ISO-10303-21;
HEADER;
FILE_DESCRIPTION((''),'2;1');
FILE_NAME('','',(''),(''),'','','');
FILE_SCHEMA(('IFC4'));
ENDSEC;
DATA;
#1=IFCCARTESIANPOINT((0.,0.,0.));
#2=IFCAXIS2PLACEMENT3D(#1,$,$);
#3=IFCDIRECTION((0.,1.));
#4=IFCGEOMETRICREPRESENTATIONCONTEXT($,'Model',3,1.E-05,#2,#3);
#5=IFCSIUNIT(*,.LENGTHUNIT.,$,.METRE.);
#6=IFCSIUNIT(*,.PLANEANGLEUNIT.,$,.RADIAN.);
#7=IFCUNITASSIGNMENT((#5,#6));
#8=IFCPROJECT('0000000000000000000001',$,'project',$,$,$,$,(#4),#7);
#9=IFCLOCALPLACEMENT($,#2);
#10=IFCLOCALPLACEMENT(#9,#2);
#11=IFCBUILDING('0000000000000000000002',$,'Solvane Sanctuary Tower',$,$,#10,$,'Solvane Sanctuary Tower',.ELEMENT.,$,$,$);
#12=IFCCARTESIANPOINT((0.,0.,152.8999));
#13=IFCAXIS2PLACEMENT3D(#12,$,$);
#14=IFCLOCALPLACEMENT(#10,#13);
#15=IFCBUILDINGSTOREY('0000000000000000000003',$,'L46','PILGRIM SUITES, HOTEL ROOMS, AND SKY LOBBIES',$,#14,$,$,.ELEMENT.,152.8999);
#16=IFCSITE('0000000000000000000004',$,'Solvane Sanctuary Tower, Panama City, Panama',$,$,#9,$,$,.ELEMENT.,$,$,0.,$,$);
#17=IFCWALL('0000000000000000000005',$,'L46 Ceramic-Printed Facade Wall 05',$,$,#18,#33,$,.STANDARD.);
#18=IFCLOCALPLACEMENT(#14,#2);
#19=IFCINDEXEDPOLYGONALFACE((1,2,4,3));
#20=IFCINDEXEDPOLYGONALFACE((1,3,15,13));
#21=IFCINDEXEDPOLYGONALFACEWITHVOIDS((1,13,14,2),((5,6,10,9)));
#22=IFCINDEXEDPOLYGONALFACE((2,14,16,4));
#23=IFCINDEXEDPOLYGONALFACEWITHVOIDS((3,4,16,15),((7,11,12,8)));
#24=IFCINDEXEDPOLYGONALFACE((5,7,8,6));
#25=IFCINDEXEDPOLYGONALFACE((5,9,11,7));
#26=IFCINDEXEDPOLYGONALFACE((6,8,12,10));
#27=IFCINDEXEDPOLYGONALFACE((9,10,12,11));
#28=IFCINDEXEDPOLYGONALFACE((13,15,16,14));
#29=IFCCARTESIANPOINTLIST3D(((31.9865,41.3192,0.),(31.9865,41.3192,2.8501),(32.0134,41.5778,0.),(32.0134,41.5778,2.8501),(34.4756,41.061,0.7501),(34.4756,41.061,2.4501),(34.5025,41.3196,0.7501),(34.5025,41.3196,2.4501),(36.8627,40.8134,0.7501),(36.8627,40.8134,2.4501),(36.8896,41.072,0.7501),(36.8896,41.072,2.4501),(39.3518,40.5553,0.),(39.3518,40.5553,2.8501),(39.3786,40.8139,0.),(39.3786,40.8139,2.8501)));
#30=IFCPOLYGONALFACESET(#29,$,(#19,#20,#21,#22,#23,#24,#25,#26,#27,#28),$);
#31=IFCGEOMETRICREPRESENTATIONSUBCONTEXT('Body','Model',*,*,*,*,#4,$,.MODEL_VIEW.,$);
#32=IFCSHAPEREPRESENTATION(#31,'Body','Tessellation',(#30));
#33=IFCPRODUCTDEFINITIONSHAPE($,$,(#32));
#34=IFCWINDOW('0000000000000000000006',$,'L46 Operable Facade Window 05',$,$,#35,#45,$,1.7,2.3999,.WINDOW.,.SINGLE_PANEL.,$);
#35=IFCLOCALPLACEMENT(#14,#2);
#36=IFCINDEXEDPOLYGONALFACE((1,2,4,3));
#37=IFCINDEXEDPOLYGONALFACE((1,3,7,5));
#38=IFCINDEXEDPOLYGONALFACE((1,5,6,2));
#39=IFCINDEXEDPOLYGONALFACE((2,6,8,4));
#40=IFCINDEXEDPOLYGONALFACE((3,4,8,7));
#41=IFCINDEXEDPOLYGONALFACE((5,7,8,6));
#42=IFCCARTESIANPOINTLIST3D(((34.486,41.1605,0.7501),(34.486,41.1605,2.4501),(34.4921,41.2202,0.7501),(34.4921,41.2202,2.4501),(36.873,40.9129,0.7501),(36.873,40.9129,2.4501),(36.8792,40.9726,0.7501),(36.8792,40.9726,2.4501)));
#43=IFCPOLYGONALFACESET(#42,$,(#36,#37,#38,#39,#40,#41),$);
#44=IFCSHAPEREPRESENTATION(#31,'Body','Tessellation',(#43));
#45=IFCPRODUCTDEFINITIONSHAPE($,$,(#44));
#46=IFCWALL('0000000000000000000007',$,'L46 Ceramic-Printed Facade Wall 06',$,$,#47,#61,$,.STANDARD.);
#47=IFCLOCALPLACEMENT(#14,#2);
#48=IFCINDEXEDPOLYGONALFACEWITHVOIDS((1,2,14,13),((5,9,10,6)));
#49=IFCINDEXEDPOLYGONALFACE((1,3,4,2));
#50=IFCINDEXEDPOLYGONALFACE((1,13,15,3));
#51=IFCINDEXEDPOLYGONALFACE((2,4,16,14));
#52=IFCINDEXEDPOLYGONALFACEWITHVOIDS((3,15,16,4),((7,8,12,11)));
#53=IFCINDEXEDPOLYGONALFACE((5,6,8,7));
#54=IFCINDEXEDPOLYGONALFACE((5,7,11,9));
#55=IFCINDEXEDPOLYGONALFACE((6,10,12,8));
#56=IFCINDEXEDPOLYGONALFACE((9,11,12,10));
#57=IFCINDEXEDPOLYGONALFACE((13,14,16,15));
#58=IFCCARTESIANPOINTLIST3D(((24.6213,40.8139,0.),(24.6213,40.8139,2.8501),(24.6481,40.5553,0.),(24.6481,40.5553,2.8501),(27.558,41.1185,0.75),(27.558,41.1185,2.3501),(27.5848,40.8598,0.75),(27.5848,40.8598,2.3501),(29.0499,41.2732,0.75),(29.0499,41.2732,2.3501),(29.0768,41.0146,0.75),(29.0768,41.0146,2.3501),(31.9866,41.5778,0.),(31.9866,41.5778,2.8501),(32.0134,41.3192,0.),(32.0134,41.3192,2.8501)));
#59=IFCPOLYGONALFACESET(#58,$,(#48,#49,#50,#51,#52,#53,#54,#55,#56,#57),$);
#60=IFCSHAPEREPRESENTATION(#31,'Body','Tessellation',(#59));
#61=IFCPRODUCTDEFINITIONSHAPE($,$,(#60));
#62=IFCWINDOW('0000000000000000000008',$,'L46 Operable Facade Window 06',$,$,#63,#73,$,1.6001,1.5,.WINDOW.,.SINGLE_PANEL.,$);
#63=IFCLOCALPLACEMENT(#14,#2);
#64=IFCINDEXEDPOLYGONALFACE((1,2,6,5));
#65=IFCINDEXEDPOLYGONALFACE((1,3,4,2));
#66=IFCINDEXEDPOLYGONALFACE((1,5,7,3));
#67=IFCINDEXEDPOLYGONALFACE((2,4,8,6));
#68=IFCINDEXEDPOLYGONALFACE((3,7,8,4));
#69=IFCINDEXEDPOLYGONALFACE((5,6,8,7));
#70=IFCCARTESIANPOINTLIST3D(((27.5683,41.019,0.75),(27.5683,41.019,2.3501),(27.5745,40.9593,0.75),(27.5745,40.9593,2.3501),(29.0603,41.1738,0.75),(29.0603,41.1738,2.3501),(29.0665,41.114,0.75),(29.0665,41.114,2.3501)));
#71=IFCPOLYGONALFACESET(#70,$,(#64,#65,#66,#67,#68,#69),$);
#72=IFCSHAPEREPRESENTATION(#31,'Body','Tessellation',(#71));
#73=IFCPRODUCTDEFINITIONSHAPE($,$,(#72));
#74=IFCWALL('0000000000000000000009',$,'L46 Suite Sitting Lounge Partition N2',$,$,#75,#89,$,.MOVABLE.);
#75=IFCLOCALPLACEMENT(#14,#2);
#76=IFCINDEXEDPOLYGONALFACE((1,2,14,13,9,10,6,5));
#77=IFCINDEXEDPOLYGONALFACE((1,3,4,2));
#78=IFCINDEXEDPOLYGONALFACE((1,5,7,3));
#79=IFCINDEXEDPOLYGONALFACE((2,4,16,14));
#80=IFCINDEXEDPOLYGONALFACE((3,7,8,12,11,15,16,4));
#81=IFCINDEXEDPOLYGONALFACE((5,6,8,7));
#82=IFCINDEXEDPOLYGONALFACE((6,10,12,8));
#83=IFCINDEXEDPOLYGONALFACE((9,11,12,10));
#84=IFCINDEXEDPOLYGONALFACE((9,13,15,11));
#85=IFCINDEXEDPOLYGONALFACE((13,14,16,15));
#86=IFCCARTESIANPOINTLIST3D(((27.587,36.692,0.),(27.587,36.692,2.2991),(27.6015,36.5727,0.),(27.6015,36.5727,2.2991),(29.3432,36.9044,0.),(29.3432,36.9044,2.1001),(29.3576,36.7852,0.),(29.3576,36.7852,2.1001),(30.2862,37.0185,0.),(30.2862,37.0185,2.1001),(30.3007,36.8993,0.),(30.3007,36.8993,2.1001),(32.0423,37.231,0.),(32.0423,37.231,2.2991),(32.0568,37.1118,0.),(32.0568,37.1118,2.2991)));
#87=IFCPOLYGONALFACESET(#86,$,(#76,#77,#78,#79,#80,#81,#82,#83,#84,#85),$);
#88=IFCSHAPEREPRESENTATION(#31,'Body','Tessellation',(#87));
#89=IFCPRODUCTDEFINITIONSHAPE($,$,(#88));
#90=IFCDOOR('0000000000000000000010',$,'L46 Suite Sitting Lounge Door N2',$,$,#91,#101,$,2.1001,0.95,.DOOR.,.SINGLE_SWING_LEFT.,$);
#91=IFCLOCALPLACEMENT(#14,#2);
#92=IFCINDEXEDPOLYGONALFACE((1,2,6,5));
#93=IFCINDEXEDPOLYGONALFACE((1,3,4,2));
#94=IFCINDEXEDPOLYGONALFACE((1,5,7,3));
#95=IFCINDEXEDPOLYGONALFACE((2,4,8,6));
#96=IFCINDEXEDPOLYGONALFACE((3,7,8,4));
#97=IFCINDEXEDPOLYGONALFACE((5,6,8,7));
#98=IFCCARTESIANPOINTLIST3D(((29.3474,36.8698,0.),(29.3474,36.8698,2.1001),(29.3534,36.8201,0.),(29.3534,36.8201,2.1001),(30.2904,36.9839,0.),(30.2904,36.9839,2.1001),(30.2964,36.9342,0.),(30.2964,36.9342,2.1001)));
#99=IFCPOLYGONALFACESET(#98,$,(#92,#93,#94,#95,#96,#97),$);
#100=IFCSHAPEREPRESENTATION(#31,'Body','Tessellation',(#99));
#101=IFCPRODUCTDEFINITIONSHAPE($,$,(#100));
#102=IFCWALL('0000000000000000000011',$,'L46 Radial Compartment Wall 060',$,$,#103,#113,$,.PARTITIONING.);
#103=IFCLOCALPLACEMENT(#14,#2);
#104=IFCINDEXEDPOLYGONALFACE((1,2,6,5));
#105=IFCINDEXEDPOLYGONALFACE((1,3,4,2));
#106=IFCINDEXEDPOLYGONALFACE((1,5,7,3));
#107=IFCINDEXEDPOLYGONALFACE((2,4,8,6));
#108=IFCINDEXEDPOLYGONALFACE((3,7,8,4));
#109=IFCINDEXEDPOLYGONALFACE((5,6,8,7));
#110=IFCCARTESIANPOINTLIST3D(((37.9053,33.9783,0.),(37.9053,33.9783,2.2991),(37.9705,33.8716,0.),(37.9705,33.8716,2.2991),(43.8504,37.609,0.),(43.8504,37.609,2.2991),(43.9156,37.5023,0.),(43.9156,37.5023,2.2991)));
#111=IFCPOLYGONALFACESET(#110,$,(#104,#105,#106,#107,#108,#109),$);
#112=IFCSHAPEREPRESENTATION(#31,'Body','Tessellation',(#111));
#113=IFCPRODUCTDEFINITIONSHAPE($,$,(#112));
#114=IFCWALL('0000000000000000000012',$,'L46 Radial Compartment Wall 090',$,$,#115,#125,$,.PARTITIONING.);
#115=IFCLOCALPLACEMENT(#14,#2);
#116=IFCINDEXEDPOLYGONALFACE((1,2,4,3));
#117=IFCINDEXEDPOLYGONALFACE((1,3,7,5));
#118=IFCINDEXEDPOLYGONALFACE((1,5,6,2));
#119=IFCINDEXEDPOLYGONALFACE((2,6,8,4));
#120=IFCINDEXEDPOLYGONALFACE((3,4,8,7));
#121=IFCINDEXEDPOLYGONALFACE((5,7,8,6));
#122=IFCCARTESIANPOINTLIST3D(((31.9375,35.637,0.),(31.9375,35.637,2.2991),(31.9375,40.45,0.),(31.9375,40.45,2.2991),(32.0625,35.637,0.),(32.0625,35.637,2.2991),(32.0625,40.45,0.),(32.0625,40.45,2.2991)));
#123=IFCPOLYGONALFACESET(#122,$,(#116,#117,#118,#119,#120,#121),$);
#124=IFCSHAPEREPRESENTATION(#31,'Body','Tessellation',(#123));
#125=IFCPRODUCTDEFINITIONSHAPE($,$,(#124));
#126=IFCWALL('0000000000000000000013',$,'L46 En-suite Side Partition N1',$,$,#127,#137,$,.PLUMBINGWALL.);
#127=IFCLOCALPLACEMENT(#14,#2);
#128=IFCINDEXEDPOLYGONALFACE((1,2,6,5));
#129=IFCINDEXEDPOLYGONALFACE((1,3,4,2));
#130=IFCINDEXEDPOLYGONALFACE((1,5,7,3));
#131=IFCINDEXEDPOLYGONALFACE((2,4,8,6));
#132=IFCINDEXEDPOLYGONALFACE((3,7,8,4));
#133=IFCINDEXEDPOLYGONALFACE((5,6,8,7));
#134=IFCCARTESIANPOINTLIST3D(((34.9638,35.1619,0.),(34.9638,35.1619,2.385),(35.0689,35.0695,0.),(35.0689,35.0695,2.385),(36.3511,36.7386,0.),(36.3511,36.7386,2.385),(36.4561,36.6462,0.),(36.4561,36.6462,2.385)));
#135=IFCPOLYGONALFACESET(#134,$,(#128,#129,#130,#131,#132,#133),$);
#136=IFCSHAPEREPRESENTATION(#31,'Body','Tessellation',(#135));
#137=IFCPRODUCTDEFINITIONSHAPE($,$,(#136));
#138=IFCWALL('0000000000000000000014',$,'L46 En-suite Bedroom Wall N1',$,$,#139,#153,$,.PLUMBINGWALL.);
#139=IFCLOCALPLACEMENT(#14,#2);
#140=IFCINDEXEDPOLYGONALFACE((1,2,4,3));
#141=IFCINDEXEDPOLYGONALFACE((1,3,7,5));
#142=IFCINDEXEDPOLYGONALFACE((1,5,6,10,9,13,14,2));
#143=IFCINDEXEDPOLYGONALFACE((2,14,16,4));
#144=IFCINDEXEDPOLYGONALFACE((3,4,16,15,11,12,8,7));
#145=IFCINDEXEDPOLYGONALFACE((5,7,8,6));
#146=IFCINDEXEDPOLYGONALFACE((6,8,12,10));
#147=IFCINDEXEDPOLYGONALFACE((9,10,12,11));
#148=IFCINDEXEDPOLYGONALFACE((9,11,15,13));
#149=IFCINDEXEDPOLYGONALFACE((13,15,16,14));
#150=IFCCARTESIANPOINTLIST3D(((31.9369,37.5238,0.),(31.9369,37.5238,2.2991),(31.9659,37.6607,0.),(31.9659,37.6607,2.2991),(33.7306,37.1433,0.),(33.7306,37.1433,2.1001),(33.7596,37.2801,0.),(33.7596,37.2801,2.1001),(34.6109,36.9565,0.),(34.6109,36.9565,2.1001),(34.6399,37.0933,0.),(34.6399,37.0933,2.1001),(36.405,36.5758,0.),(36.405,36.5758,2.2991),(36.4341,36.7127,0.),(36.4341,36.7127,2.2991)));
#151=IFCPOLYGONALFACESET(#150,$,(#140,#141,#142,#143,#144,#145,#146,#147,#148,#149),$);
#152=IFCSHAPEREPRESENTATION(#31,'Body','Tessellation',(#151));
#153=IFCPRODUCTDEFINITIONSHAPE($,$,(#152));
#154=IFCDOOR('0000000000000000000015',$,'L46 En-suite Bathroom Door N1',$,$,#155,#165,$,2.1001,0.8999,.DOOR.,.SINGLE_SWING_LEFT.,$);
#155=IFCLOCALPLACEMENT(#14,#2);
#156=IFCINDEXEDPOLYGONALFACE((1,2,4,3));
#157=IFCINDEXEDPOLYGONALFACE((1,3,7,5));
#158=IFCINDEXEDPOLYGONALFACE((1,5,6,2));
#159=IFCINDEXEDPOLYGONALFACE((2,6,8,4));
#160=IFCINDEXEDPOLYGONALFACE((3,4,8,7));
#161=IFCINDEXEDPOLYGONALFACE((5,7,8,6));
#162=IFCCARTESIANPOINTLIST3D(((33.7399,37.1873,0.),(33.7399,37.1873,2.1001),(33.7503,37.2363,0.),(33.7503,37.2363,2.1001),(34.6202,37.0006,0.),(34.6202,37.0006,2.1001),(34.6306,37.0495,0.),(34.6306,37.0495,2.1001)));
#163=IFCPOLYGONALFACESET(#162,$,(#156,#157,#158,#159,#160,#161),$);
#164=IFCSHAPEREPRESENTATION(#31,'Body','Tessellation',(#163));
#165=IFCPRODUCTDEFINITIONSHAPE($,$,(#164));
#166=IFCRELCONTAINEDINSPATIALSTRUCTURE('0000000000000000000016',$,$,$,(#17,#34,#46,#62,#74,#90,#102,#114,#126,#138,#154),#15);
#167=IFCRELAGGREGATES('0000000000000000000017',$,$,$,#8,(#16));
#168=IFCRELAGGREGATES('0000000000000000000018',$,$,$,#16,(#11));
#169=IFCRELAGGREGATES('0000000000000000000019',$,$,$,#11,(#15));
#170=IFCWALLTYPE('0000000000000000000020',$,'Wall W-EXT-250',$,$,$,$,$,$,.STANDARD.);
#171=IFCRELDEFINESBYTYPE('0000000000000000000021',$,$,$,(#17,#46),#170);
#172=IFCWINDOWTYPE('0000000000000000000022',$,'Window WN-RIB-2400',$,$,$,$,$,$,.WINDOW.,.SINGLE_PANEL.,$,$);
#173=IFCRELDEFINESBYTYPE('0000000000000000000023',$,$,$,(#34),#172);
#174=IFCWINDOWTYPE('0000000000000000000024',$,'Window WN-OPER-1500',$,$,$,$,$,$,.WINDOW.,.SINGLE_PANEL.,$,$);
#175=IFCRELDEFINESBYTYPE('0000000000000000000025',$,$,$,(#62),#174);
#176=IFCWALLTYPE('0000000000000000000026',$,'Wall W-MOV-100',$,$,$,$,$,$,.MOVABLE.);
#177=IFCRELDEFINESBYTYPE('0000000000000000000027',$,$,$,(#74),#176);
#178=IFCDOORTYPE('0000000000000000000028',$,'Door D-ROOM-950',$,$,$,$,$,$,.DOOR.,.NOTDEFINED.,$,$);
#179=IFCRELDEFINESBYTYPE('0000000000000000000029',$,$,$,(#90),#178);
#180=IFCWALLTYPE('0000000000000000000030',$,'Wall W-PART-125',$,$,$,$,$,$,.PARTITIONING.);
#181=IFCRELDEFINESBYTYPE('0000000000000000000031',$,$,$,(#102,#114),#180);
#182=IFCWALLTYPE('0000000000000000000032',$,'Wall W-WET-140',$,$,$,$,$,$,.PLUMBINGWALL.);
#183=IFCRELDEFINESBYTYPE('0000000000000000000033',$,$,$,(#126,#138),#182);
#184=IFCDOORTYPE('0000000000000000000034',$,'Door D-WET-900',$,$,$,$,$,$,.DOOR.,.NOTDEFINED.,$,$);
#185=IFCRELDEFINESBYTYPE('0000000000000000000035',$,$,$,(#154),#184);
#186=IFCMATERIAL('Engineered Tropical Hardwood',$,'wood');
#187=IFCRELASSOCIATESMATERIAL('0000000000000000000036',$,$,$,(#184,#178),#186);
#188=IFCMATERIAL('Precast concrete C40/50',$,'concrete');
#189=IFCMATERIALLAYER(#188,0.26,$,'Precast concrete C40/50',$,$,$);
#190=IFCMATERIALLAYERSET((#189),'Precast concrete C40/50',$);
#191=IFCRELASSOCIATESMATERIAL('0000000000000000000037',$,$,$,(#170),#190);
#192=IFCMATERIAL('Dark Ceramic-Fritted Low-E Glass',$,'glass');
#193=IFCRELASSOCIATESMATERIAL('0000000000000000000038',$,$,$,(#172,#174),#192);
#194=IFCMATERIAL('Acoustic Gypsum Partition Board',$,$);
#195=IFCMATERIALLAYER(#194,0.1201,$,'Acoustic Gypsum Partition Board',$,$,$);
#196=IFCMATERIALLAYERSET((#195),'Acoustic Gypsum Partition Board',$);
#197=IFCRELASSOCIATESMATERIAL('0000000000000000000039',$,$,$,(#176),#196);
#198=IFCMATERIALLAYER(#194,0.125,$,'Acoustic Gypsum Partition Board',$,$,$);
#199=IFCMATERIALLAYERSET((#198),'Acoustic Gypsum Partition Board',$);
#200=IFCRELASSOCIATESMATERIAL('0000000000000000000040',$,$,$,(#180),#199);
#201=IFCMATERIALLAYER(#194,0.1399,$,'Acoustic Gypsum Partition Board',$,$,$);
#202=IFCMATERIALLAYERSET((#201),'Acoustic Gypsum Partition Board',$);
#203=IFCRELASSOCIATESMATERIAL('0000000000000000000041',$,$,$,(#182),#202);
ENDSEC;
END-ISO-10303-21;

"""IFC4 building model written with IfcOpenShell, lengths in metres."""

from ifc_helpers import new_model, si_unit, direction, frame, frame_2d, origin, place, context, subcontext, project, spatial, rectangle, extrude, material, layer, layer_set, type_object, element, fill, save


model = new_model("IFC4")

# Units and contexts
model_context = context("Model", 3, precision=1e-05, world=origin(), true_north=direction((0.0, 1.0)))
body_context = subcontext(model_context, "Body", "Model", "MODEL_VIEW")
ifc_project = project(units=[si_unit("LENGTHUNIT", "METRE"), si_unit("PLANEANGLEUNIT", "RADIAN")], contexts=[model_context])

# Site, building, storey
site_placement = place(None, origin())
site = spatial("IfcSite", under=ifc_project, at=site_placement, Name="Solvane Sanctuary Tower, Panama City, Panama", CompositionType="ELEMENT", RefElevation=0.0)
building_placement = place(site_placement, origin())
building = spatial("IfcBuilding", under=site, at=building_placement, Name="Solvane Sanctuary Tower", LongName="Solvane Sanctuary Tower", CompositionType="ELEMENT")
storey_placement = place(building_placement, frame((0.0, 0.0, 152.8999)))
storey = spatial("IfcBuildingStorey", under=building, at=storey_placement, Name="L46", Description="PILGRIM SUITES, HOTEL ROOMS, AND SKY LOBBIES", CompositionType="ELEMENT", Elevation=152.8999)

# Shared definitions
ifc_material_1 = material(Name="Acoustic Gypsum Partition Board")

# Shared definitions
ifc_material_2 = material(Name="Engineered Tropical Hardwood", Category="wood")
door_type_1 = type_object("IfcDoorType", Name="Door D-WET-900", OperationType="NOTDEFINED", PredefinedType="DOOR", material=ifc_material_2)

# Walls, openings, windows
ifc_material_3 = material(Name="Precast concrete C40/50", Category="concrete")
ifc_layer_1 = layer(ifc_material_3, 0.26, Name="Precast concrete C40/50")
ifc_layer_set_1 = layer_set([ifc_layer_1], Name="Precast concrete C40/50")
wall_type_1 = type_object("IfcWallType", Name="Wall W-EXT-250", PredefinedType="STANDARD", material=ifc_layer_set_1)
wall_1_placement = place(storey_placement, frame((39.3652, 40.6846, 0.0), z_axis=(0.0, 0.0, 1.0), x_axis=(-0.994664, 0.103166, 0.0)))
wall_1 = element("IfcWall", 1, at=wall_1_placement, inside=storey, type_object=wall_type_1, Name="L46 Ceramic-Printed Facade Wall 05", PredefinedType="STANDARD", context=body_context, shape_type="SweptSolid", body=[
    extrude(rectangle(XDim=7.4048, YDim=0.26, at=frame_2d((3.7024, 0.0))), origin(), (0.0, 0.0, 1.0), 2.8501),
])
opening_1_placement = place(wall_1_placement, frame((2.5024, 0.0, 0.75)))
opening_1 = element("IfcOpeningElement", 2, at=opening_1_placement, cuts=wall_1, PredefinedType="OPENING", context=body_context, shape_type="SweptSolid", body=[
    extrude(rectangle(XDim=2.3999, YDim=1.7, at=frame_2d((1.2, 0.8501))), frame((0.0, 0.1399, 0.0), z_axis=(0.0, -1.0, 0.0), x_axis=(1.0, 0.0, 0.0)), (0.0, 0.0, 1.0), 0.28),
])
ifc_material_4 = material(Name="Dark Ceramic-Fritted Low-E Glass", Category="glass")
window_type_1 = type_object("IfcWindowType", Name="Window WN-RIB-2400", PartitioningType="SINGLE_PANEL", PredefinedType="WINDOW", material=ifc_material_4)
window_1_placement = place(opening_1_placement, origin())
window_1 = element("IfcWindow", 3, at=window_1_placement, inside=storey, type_object=window_type_1, Name="L46 Operable Facade Window 05", OverallHeight=1.7, OverallWidth=2.3999, PartitioningType="SINGLE_PANEL", PredefinedType="WINDOW", context=body_context, shape_type="SweptSolid", body=[
    extrude(rectangle(XDim=2.3999, YDim=1.7, at=frame_2d((1.2, 0.8501))), frame((0.0, 0.03, 0.0), z_axis=(0.0, -1.0, 0.0), x_axis=(1.0, 0.0, 0.0)), (0.0, 0.0, 1.0), 0.0601),
])
fill(opening_1, window_1)
wall_2_placement = place(storey_placement, frame((32.0, 41.4485, 0.0), z_axis=(0.0, 0.0, 1.0), x_axis=(-0.994664, -0.103166, 0.0)))
wall_2 = element("IfcWall", 4, at=wall_2_placement, inside=storey, type_object=wall_type_1, Name="L46 Ceramic-Printed Facade Wall 06", PredefinedType="STANDARD", context=body_context, shape_type="SweptSolid", body=[
    extrude(rectangle(XDim=7.4048, YDim=0.26, at=frame_2d((3.7024, 0.0))), origin(), (0.0, 0.0, 1.0), 2.8501),
])
opening_2_placement = place(wall_2_placement, frame((2.9524, 0.0, 0.75)))
opening_2 = element("IfcOpeningElement", 5, at=opening_2_placement, cuts=wall_2, PredefinedType="OPENING", context=body_context, shape_type="SweptSolid", body=[
    extrude(rectangle(XDim=1.5, YDim=1.6001, at=frame_2d((0.75, 0.8))), frame((0.0, 0.1399, 0.0), z_axis=(0.0, -1.0, 0.0), x_axis=(1.0, 0.0, 0.0)), (0.0, 0.0, 1.0), 0.28),
])
window_type_2 = type_object("IfcWindowType", Name="Window WN-OPER-1500", PartitioningType="SINGLE_PANEL", PredefinedType="WINDOW", material=ifc_material_4)
window_2_placement = place(opening_2_placement, origin())
window_2 = element("IfcWindow", 6, at=window_2_placement, inside=storey, type_object=window_type_2, Name="L46 Operable Facade Window 06", OverallHeight=1.6001, OverallWidth=1.5, PartitioningType="SINGLE_PANEL", PredefinedType="WINDOW", context=body_context, shape_type="SweptSolid", body=[
    extrude(rectangle(XDim=1.5, YDim=1.6001, at=frame_2d((0.75, 0.8))), frame((0.0, 0.03, 0.0), z_axis=(0.0, -1.0, 0.0), x_axis=(1.0, 0.0, 0.0)), (0.0, 0.0, 1.0), 0.0601),
])
fill(opening_2, window_2)

# Wall, opening, door
ifc_layer_2 = layer(ifc_material_1, 0.1201, Name="Acoustic Gypsum Partition Board")
ifc_layer_set_2 = layer_set([ifc_layer_2], Name="Acoustic Gypsum Partition Board")
wall_type_2 = type_object("IfcWallType", Name="Wall W-MOV-100", PredefinedType="MOVABLE", material=ifc_layer_set_2)
wall_3_placement = place(storey_placement, frame((32.0496, 37.1714, 0.0), z_axis=(0.0, 0.0, 1.0), x_axis=(-0.99276, -0.120117, 0.0)))
wall_3 = element("IfcWall", 7, at=wall_3_placement, inside=storey, type_object=wall_type_2, Name="L46 Suite Sitting Lounge Partition N2", PredefinedType="MOVABLE", context=body_context, shape_type="SweptSolid", body=[
    extrude(rectangle(XDim=4.4878, YDim=0.1201, at=frame_2d((2.2439, 0.0))), origin(), (0.0, 0.0, 1.0), 2.2991),
])
opening_3_placement = place(wall_3_placement, frame((1.7688, 0.0, 0.0)))
opening_3 = element("IfcOpeningElement", 8, at=opening_3_placement, cuts=wall_3, PredefinedType="OPENING", context=body_context, shape_type="SweptSolid", body=[
    extrude(rectangle(XDim=0.95, YDim=2.1001, at=frame_2d((0.4751, 1.05))), frame((0.0, 0.0701, 0.0), z_axis=(0.0, -1.0, 0.0), x_axis=(1.0, 0.0, 0.0)), (0.0, 0.0, 1.0), 0.1401),
])
door_type_2 = type_object("IfcDoorType", Name="Door D-ROOM-950", OperationType="NOTDEFINED", PredefinedType="DOOR", material=ifc_material_2)
door_1_placement = place(opening_3_placement, origin())
door_1 = element("IfcDoor", 9, at=door_1_placement, inside=storey, type_object=door_type_2, Name="L46 Suite Sitting Lounge Door N2", OperationType="SINGLE_SWING_LEFT", OverallHeight=2.1001, OverallWidth=0.95, PredefinedType="DOOR", context=body_context, shape_type="SweptSolid", body=[
    extrude(rectangle(XDim=0.95, YDim=2.1001, at=frame_2d((0.4751, 1.05))), frame((0.0, 0.0249, 0.0), z_axis=(0.0, -1.0, 0.0), x_axis=(1.0, 0.0, 0.0)), (0.0, 0.0, 1.0), 0.05),
])
fill(opening_3, door_1)

# Walls
ifc_layer_3 = layer(ifc_material_1, 0.125, Name="Acoustic Gypsum Partition Board")
ifc_layer_set_3 = layer_set([ifc_layer_3], Name="Acoustic Gypsum Partition Board")
wall_type_3 = type_object("IfcWallType", Name="Wall W-PART-125", PredefinedType="PARTITIONING", material=ifc_layer_set_3)
wall_4_placement = place(storey_placement, frame((37.938, 33.925, 0.0), z_axis=(0.0, 0.0, 1.0), x_axis=(0.85344, 0.521191, 0.0)))
element("IfcWall", 10, at=wall_4_placement, inside=storey, type_object=wall_type_3, Name="L46 Radial Compartment Wall 060", PredefinedType="PARTITIONING", context=body_context, shape_type="SweptSolid", body=[
    extrude(rectangle(XDim=6.9661, YDim=0.125, at=frame_2d((3.4829, 0.0))), origin(), (0.0, 0.0, 1.0), 2.2991),
])
wall_5_placement = place(storey_placement, frame((32.0, 35.637, 0.0), z_axis=(0.0, 0.0, 1.0), x_axis=(0.0, 1.0, 0.0)))
element("IfcWall", 11, at=wall_5_placement, inside=storey, type_object=wall_type_3, Name="L46 Radial Compartment Wall 090", PredefinedType="PARTITIONING", context=body_context, shape_type="SweptSolid", body=[
    extrude(rectangle(XDim=4.813, YDim=0.125, at=frame_2d((2.4065, 0.0))), origin(), (0.0, 0.0, 1.0), 2.2991),
])
ifc_layer_4 = layer(ifc_material_1, 0.1399, Name="Acoustic Gypsum Partition Board")
ifc_layer_set_4 = layer_set([ifc_layer_4], Name="Acoustic Gypsum Partition Board")
wall_type_4 = type_object("IfcWallType", Name="Wall W-WET-140", PredefinedType="PLUMBINGWALL", material=ifc_layer_set_4)
wall_6_placement = place(storey_placement, frame((35.0164, 35.1157, 0.0), z_axis=(0.0, 0.0, 1.0), x_axis=(0.66056, 0.750773, 0.0)))
element("IfcWall", 12, at=wall_6_placement, inside=storey, type_object=wall_type_4, Name="L46 En-suite Side Partition N1", PredefinedType="PLUMBINGWALL", context=body_context, shape_type="SweptSolid", body=[
    extrude(rectangle(XDim=2.1001, YDim=0.1399, at=frame_2d((1.05, 0.0))), origin(), (0.0, 0.0, 1.0), 2.385),
])

# Wall, opening, door
wall_7_placement = place(storey_placement, frame((36.4194, 36.6443, 0.0), z_axis=(0.0, 0.0, 1.0), x_axis=(-0.978226, 0.207543, 0.0)))
wall_7 = element("IfcWall", 13, at=wall_7_placement, inside=storey, type_object=wall_type_4, Name="L46 En-suite Bedroom Wall N1", PredefinedType="PLUMBINGWALL", context=body_context, shape_type="SweptSolid", body=[
    extrude(rectangle(XDim=4.5676, YDim=0.1399, at=frame_2d((2.2837, 0.0))), origin(), (0.0, 0.0, 1.0), 2.2991),
])
opening_4_placement = place(wall_7_placement, frame((1.834, 0.0, 0.0)))
opening_4 = element("IfcOpeningElement", 14, at=opening_4_placement, cuts=wall_7, PredefinedType="OPENING", context=body_context, shape_type="SweptSolid", body=[
    extrude(rectangle(XDim=0.8999, YDim=2.1001, at=frame_2d((0.45, 1.05))), frame((0.0, 0.0798, 0.0), z_axis=(0.0, -1.0, 0.0), x_axis=(1.0, 0.0, 0.0)), (0.0, 0.0, 1.0), 0.1599),
])
door_2_placement = place(opening_4_placement, origin())
door_2 = element("IfcDoor", 15, at=door_2_placement, inside=storey, type_object=door_type_1, Name="L46 En-suite Bathroom Door N1", OperationType="SINGLE_SWING_LEFT", OverallHeight=2.1001, OverallWidth=0.8999, PredefinedType="DOOR", context=body_context, shape_type="SweptSolid", body=[
    extrude(rectangle(XDim=0.8999, YDim=2.1001, at=frame_2d((0.45, 1.05))), frame((0.0, 0.0249, 0.0), z_axis=(0.0, -1.0, 0.0), x_axis=(1.0, 0.0, 0.0)), (0.0, 0.0, 1.0), 0.05),
])
fill(opening_4, door_2)

save(model, "model.ifc")
